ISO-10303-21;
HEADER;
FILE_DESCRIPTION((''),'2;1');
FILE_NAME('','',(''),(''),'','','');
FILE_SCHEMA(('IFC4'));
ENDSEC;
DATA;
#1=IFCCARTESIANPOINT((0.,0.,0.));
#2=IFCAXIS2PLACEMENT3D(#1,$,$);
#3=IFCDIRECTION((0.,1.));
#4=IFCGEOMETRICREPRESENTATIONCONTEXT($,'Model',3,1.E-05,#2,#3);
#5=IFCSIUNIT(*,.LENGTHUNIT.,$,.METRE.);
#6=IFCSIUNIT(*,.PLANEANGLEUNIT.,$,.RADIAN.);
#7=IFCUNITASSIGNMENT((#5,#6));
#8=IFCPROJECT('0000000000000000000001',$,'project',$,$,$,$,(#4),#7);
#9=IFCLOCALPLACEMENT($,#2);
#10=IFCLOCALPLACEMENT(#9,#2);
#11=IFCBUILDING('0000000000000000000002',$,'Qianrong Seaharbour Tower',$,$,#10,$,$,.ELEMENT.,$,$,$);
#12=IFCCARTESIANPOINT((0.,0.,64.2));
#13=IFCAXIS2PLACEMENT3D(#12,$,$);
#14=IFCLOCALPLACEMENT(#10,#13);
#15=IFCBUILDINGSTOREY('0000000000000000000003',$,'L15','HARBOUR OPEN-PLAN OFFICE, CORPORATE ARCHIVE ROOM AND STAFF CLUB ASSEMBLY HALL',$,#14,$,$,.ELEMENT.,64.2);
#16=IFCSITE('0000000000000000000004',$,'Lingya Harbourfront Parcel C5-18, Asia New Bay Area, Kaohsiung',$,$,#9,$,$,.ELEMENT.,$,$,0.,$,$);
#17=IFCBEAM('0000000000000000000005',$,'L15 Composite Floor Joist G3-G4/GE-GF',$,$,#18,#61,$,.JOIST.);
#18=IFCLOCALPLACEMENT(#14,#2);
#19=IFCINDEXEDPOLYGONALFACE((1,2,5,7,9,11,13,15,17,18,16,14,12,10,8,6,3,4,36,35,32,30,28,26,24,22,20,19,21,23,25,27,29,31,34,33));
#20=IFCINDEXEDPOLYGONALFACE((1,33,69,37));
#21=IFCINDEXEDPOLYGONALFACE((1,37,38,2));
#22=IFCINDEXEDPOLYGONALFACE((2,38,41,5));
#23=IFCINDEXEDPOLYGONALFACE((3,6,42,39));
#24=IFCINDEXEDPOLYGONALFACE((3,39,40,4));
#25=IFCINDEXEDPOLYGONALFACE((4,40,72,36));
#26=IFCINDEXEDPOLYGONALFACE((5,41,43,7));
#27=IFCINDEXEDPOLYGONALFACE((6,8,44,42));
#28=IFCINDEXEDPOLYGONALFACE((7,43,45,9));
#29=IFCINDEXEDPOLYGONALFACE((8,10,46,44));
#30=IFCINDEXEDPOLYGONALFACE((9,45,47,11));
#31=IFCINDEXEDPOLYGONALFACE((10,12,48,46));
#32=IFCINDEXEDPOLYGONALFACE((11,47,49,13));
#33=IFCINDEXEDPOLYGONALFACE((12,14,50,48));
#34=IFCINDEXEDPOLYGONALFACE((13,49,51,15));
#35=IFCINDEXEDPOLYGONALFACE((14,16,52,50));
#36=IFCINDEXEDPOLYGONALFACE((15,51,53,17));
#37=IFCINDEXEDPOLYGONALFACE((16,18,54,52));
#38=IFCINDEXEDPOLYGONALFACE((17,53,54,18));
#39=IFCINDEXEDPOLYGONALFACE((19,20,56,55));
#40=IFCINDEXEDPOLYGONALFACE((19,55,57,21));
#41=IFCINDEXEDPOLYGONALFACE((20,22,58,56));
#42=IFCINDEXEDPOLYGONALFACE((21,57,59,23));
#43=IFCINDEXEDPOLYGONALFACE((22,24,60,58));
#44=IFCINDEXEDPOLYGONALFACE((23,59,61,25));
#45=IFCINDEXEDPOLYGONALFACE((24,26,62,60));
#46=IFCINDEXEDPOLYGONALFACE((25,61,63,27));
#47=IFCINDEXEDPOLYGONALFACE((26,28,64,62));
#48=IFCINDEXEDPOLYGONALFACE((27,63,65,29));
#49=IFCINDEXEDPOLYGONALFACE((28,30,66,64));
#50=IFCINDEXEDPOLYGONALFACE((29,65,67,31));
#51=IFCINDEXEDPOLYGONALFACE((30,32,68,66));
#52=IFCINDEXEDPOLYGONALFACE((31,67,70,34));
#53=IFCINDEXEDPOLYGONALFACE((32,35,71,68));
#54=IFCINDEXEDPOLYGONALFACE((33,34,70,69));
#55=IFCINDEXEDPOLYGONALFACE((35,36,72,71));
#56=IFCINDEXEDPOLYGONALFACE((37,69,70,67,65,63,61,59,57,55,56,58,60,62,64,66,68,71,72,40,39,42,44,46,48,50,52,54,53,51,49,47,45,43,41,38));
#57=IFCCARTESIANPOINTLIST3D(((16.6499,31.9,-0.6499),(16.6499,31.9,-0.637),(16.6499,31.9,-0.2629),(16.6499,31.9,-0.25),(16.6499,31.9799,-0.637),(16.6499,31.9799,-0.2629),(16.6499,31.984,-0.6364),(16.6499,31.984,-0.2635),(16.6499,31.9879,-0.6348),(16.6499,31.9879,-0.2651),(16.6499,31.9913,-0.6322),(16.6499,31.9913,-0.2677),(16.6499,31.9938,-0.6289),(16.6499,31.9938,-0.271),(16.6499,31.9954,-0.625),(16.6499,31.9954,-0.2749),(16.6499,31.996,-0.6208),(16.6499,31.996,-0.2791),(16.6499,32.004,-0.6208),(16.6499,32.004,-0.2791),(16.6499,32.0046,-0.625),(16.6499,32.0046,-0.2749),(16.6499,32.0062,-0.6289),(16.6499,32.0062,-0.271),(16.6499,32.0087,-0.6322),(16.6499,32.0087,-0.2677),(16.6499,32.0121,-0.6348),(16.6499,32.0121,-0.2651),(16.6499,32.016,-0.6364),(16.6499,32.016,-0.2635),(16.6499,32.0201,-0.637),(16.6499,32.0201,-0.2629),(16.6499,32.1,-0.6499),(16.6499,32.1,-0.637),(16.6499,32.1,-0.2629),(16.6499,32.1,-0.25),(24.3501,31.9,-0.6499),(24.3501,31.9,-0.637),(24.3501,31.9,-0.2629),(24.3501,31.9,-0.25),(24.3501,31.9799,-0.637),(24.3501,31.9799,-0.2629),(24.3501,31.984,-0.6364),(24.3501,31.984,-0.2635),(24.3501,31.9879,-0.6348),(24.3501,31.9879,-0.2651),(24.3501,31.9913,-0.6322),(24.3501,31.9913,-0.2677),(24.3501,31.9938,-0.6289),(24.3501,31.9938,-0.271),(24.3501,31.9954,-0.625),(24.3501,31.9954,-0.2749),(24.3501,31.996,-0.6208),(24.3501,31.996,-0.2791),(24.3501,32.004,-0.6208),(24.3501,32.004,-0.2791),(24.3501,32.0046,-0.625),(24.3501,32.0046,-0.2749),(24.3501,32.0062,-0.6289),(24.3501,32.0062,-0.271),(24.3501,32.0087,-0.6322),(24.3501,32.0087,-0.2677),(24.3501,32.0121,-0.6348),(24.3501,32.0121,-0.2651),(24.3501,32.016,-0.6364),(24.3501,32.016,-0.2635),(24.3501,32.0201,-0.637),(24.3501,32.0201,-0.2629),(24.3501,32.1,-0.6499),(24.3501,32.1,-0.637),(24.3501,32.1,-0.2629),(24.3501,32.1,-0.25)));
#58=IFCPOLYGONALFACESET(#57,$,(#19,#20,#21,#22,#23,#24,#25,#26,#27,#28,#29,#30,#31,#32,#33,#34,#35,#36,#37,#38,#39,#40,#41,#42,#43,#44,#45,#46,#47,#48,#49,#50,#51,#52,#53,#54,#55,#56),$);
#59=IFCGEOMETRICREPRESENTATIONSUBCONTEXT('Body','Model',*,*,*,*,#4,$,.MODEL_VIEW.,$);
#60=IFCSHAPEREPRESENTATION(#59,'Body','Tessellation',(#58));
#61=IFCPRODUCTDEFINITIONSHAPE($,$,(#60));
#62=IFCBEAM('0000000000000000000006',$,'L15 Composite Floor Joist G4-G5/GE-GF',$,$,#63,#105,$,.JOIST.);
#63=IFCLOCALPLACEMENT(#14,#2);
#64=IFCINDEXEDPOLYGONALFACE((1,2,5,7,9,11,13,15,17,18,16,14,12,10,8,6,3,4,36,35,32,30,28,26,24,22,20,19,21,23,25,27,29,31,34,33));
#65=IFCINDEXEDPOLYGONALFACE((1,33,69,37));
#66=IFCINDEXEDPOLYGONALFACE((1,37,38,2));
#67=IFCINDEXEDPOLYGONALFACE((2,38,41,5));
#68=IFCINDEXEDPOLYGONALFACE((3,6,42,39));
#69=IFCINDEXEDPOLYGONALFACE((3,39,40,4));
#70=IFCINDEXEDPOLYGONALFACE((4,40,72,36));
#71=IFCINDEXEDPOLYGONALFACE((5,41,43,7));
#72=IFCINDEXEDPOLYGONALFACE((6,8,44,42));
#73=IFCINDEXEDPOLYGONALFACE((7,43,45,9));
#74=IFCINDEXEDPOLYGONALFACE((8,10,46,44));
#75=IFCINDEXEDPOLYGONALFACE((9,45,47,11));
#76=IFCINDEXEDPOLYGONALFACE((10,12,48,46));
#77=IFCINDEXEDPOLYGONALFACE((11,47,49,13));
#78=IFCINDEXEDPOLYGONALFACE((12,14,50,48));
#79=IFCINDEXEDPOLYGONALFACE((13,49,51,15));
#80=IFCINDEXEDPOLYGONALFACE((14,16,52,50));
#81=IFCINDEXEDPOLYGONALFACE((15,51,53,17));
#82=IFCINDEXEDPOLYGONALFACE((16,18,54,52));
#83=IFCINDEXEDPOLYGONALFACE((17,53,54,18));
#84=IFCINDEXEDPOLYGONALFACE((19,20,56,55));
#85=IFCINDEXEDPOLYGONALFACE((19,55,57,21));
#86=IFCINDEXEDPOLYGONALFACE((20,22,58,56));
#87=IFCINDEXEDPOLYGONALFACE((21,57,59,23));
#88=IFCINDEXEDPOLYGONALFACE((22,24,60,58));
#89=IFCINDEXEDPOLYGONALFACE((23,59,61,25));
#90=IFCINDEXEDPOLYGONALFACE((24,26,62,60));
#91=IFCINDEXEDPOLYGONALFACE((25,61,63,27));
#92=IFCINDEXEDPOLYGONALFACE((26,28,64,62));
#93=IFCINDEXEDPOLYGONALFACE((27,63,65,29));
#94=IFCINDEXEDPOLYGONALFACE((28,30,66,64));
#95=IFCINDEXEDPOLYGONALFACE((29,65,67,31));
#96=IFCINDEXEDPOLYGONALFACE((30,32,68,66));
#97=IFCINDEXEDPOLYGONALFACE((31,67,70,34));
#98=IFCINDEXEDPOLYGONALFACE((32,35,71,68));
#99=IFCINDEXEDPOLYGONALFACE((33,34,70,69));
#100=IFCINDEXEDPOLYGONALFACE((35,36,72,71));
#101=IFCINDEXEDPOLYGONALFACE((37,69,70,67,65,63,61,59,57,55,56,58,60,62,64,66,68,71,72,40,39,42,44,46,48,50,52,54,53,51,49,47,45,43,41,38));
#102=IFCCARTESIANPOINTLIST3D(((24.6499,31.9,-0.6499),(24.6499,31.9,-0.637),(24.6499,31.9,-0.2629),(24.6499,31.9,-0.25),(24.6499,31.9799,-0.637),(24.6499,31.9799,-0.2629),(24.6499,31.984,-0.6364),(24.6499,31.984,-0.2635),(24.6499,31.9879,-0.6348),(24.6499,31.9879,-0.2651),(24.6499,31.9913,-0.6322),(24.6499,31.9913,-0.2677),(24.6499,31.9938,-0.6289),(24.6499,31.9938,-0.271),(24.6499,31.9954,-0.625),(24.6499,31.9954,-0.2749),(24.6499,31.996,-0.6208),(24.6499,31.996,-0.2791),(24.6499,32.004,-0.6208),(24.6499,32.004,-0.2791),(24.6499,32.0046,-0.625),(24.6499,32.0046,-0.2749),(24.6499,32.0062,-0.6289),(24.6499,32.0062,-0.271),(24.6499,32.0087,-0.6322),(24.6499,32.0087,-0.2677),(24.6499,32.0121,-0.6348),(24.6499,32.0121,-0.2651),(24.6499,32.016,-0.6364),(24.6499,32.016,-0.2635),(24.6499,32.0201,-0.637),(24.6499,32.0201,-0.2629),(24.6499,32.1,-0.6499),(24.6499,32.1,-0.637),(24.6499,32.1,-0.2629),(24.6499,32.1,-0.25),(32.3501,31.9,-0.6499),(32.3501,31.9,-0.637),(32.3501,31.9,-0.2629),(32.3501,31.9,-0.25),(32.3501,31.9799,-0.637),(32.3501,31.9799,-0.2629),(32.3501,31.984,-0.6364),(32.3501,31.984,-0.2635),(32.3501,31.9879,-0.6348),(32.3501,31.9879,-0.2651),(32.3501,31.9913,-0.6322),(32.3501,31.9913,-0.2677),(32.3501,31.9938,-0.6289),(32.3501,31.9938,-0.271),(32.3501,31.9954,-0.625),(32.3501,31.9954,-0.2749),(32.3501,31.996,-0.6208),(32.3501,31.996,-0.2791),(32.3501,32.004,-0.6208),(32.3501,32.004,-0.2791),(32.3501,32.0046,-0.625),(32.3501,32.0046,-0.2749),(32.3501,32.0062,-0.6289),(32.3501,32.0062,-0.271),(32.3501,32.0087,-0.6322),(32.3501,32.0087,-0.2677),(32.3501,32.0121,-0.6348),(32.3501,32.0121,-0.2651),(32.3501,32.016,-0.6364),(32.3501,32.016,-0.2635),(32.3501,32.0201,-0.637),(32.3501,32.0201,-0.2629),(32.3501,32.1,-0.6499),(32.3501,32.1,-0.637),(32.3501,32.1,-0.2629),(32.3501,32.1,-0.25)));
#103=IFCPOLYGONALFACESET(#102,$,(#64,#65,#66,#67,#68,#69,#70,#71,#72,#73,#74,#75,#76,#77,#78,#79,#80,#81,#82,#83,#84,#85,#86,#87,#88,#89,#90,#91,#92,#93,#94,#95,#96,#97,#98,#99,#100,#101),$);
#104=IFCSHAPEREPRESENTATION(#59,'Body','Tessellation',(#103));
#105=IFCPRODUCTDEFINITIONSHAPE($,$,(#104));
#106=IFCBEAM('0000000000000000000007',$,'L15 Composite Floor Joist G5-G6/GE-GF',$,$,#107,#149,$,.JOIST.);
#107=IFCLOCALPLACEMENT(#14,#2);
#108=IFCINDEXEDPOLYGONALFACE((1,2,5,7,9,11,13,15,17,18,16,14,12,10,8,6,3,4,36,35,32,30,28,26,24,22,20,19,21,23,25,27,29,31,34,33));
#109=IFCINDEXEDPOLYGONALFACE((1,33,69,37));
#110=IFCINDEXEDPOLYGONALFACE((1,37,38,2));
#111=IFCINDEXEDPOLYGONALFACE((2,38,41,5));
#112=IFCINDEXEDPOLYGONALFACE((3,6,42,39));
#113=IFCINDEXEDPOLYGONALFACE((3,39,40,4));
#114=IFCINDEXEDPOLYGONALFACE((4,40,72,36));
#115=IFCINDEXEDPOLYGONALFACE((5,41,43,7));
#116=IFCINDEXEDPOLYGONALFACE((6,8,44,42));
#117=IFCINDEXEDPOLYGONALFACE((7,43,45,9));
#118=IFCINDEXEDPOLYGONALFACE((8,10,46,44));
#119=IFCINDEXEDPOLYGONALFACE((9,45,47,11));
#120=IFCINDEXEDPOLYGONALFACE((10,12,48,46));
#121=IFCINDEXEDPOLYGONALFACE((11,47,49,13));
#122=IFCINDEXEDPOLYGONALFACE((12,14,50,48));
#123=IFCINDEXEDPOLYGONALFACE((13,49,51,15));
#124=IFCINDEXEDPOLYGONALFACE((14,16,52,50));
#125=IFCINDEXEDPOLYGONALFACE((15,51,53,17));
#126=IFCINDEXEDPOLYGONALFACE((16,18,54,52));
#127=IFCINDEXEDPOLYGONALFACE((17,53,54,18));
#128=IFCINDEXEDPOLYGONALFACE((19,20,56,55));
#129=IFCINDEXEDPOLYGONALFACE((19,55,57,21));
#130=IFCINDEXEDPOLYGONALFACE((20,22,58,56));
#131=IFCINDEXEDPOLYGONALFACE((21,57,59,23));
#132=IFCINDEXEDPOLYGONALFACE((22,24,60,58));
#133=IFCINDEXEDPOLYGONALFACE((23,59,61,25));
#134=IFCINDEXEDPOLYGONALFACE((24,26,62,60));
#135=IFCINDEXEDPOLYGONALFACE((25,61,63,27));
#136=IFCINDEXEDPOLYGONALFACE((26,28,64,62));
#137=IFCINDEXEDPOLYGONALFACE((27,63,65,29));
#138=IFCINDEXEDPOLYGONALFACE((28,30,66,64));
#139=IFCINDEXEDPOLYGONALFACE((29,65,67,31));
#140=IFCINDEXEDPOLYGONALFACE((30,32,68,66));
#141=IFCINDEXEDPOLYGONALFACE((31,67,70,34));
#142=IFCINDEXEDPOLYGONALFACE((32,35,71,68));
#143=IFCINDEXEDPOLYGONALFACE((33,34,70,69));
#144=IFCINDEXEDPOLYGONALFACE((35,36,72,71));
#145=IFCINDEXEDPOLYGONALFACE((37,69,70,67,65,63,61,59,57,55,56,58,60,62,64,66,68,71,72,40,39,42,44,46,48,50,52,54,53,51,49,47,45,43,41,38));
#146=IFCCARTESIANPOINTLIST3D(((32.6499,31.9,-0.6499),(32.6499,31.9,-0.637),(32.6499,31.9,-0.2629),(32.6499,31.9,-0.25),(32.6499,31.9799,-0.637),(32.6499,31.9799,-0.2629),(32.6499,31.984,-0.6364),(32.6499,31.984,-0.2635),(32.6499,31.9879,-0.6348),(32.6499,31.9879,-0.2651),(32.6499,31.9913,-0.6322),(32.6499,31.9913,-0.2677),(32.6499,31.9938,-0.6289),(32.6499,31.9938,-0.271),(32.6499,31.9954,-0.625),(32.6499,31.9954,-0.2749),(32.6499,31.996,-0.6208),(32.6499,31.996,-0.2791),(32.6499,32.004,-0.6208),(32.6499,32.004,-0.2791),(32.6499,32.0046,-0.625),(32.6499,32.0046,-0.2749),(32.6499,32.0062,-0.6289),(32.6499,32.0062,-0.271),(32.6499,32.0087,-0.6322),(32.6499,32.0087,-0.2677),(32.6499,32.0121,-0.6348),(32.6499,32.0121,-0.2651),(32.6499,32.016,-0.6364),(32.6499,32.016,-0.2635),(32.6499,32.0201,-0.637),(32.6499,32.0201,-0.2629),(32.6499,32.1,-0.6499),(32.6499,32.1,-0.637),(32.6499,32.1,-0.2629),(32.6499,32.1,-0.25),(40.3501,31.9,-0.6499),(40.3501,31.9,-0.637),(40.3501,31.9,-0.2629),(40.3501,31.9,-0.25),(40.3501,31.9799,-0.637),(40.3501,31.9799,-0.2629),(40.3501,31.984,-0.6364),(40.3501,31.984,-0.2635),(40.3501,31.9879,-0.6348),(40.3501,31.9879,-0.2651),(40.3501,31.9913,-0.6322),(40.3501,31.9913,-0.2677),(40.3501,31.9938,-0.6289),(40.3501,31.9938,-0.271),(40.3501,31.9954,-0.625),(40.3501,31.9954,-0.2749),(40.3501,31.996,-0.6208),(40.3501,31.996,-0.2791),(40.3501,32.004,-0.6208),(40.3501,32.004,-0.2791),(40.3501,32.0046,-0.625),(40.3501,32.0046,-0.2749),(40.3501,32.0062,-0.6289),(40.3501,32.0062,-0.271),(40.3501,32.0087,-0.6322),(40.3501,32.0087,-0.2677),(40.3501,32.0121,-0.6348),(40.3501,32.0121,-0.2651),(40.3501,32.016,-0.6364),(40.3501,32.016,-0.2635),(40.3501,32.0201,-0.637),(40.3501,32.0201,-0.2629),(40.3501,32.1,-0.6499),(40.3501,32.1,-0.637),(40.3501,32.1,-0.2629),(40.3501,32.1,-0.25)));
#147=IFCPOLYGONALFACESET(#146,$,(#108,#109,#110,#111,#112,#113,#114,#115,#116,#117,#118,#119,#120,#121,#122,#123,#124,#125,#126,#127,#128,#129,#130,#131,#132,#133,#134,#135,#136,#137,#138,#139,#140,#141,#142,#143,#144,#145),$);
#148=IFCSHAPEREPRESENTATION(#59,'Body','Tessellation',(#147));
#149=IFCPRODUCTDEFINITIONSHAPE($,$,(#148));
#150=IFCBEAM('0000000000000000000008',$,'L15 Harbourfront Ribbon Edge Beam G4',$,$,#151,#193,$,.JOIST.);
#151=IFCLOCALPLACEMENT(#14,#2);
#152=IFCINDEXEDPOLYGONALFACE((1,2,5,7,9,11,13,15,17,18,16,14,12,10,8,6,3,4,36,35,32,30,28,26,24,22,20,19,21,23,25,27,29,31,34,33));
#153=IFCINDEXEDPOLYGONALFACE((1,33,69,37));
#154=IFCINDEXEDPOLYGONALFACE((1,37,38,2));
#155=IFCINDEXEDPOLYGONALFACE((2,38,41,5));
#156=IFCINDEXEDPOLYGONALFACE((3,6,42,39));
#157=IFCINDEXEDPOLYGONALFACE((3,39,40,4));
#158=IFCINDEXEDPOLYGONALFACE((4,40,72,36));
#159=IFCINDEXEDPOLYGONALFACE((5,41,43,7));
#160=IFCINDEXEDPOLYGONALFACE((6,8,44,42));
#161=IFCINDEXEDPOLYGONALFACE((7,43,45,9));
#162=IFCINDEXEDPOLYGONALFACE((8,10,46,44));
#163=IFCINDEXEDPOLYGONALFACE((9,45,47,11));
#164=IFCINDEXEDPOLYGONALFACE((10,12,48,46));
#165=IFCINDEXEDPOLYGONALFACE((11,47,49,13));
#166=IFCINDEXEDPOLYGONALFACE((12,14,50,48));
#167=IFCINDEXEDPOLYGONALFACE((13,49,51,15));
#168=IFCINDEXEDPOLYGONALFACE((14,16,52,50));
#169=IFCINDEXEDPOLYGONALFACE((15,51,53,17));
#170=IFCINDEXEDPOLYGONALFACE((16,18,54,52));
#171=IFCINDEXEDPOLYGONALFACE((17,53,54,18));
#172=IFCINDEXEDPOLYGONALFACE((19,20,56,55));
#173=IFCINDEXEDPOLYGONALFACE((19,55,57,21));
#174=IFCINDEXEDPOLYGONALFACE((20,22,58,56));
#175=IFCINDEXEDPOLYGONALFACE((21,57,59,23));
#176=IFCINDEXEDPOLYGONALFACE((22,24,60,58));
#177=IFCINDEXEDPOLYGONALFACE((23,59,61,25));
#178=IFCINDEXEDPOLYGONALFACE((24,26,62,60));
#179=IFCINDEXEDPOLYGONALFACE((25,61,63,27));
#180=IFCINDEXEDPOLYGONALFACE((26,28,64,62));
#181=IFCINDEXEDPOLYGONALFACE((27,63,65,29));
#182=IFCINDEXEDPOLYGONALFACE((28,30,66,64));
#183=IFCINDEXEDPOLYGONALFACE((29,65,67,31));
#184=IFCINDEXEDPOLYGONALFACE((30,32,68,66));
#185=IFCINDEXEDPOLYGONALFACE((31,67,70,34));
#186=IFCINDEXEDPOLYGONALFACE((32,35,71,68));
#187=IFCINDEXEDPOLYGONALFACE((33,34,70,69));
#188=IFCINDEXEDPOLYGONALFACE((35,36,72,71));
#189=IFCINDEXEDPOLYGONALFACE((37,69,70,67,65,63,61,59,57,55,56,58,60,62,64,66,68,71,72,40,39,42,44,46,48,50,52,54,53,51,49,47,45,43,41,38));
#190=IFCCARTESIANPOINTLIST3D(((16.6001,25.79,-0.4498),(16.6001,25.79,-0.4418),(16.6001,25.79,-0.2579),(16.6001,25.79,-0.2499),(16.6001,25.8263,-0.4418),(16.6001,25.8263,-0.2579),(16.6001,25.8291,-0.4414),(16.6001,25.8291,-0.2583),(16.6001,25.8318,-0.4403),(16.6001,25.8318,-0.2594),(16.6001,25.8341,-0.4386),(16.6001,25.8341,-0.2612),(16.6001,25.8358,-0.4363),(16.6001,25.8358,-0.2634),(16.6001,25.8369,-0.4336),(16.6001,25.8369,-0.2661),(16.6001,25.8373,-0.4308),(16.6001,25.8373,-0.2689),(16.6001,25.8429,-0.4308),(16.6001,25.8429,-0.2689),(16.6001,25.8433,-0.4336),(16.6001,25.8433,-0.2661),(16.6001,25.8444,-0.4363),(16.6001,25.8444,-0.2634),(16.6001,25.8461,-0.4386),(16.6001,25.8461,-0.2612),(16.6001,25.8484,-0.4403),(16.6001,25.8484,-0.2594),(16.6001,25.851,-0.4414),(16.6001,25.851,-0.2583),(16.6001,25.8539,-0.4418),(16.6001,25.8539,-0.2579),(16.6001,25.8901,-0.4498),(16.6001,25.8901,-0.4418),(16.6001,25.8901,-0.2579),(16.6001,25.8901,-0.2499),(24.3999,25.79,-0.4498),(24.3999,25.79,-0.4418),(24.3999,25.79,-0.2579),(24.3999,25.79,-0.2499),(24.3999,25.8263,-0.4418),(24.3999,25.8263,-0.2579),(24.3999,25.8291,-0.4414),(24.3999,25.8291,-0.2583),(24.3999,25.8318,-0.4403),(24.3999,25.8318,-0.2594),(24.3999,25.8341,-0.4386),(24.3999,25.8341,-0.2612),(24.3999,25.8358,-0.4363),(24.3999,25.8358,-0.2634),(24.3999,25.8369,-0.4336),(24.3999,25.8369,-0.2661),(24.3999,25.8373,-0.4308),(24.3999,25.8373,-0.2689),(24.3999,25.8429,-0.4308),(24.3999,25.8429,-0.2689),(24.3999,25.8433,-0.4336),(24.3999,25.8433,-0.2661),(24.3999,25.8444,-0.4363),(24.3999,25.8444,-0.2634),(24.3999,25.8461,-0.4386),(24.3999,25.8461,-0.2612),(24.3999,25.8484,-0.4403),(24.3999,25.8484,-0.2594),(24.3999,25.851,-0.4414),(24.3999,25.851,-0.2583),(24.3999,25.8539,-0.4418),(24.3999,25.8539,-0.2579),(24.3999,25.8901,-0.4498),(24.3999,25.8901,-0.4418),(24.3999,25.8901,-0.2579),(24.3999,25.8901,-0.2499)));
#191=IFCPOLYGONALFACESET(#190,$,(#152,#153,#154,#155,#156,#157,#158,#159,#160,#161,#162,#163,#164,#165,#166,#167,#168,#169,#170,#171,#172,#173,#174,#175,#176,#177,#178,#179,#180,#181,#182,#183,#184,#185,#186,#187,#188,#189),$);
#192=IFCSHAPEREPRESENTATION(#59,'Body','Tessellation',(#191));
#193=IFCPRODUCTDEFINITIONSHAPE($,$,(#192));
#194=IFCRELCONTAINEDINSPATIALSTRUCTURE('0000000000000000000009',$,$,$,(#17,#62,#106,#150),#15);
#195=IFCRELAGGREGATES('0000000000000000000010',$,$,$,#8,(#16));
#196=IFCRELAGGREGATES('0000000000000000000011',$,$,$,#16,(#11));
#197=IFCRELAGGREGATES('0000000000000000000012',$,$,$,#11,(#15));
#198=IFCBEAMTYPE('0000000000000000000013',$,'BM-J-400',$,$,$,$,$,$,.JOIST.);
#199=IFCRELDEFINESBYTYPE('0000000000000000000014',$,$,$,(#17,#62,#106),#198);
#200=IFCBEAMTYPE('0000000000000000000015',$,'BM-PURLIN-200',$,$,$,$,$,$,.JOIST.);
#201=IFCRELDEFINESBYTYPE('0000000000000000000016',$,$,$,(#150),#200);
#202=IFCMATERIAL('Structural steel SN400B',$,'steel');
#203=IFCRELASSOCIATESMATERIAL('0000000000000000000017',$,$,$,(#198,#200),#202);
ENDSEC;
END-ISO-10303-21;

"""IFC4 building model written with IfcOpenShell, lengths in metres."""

from ifc_helpers import new_model, si_unit, direction, frame, origin, origin_2d, place, context, subcontext, project, spatial, i_section, extrude, material, material_profile, profile_set, type_object, element, save


model = new_model("IFC4")

# Units and contexts
model_context = context("Model", 3, precision=1e-05, world=origin(), true_north=direction((0.0, 1.0)))
body_context = subcontext(model_context, "Body", "Model", "MODEL_VIEW")
ifc_project = project(units=[si_unit("LENGTHUNIT", "METRE"), si_unit("PLANEANGLEUNIT", "RADIAN")], contexts=[model_context])

# Site, building, storey
site_placement = place(None, origin())
site = spatial("IfcSite", under=ifc_project, at=site_placement, Name="Lingya Harbourfront Parcel C5-18, Asia New Bay Area, Kaohsiung", CompositionType="ELEMENT", RefElevation=0.0)
building_placement = place(site_placement, origin())
building = spatial("IfcBuilding", under=site, at=building_placement, Name="Qianrong Seaharbour Tower", CompositionType="ELEMENT")
storey_placement = place(building_placement, frame((0.0, 0.0, 64.2)))
storey = spatial("IfcBuildingStorey", under=building, at=storey_placement, Name="L15", Description="HARBOUR OPEN-PLAN OFFICE, CORPORATE ARCHIVE ROOM AND STAFF CLUB ASSEMBLY HALL", CompositionType="ELEMENT", Elevation=64.2)

# Beams
ifc_material_1 = material(Name="Structural steel SN400B", Category="steel")
ifc_material_profile_1 = material_profile(ifc_material_1, i_section(OverallWidth=0.2, OverallDepth=0.3999, WebThickness=0.0081, FlangeThickness=0.0129, FilletRadius=0.0161, at=origin_2d()), Name="H400x200x8x13")
ifc_profile_set_1 = profile_set([ifc_material_profile_1], Name="Structural steel SN400B")
beam_type_1 = type_object("IfcBeamType", Name="BM-J-400", PredefinedType="JOIST", material=ifc_profile_set_1)
for number, where, z_axis, x_axis, name in (
    (1, (16.6499, 32.0, -0.45), (1.0, 0.0, 0.0), (0.0, 1.0, 0.0), "L15 Composite Floor Joist G3-G4/GE-GF"),
    (2, (24.6499, 32.0, -0.45), (1.0, 0.0, 0.0), (0.0, 1.0, 0.0), "L15 Composite Floor Joist G4-G5/GE-GF"),
    (3, (32.6499, 32.0, -0.45), (1.0, 0.0, 0.0), (0.0, 1.0, 0.0), "L15 Composite Floor Joist G5-G6/GE-GF"),
):
    element("IfcBeam", number, at=place(storey_placement, frame(where, z_axis=z_axis, x_axis=x_axis)), inside=storey, type_object=beam_type_1, Name=name, PredefinedType="JOIST", context=body_context, shape_type="SweptSolid", body=[
        extrude(i_section(OverallWidth=0.2, OverallDepth=0.3999, WebThickness=0.0081, FlangeThickness=0.0129, FilletRadius=0.0161, at=origin_2d()), origin(), (0.0, 0.0, 1.0), 7.7002),
    ])
ifc_material_profile_2 = material_profile(ifc_material_1, i_section(OverallWidth=0.1001, OverallDepth=0.2, WebThickness=0.0056, FlangeThickness=0.0081, FilletRadius=0.011, at=origin_2d()), Name="H200x100x5.5x8")
ifc_profile_set_2 = profile_set([ifc_material_profile_2], Name="Structural steel SN400B")
beam_type_2 = type_object("IfcBeamType", Name="BM-PURLIN-200", PredefinedType="JOIST", material=ifc_profile_set_2)
for number, where, z_axis, x_axis, name in (
    (4, (16.6001, 25.8401, -0.3499), (1.0, 0.0, 0.0), (0.0, 1.0, 0.0), "L15 Harbourfront Ribbon Edge Beam G4"),
):
    element("IfcBeam", number, at=place(storey_placement, frame(where, z_axis=z_axis, x_axis=x_axis)), inside=storey, type_object=beam_type_2, Name=name, PredefinedType="JOIST", context=body_context, shape_type="SweptSolid", body=[
        extrude(i_section(OverallWidth=0.1001, OverallDepth=0.2, WebThickness=0.0056, FlangeThickness=0.0081, FilletRadius=0.011, at=origin_2d()), origin(), (0.0, 0.0, 1.0), 7.7998),
    ])

save(model, "model.ifc")
